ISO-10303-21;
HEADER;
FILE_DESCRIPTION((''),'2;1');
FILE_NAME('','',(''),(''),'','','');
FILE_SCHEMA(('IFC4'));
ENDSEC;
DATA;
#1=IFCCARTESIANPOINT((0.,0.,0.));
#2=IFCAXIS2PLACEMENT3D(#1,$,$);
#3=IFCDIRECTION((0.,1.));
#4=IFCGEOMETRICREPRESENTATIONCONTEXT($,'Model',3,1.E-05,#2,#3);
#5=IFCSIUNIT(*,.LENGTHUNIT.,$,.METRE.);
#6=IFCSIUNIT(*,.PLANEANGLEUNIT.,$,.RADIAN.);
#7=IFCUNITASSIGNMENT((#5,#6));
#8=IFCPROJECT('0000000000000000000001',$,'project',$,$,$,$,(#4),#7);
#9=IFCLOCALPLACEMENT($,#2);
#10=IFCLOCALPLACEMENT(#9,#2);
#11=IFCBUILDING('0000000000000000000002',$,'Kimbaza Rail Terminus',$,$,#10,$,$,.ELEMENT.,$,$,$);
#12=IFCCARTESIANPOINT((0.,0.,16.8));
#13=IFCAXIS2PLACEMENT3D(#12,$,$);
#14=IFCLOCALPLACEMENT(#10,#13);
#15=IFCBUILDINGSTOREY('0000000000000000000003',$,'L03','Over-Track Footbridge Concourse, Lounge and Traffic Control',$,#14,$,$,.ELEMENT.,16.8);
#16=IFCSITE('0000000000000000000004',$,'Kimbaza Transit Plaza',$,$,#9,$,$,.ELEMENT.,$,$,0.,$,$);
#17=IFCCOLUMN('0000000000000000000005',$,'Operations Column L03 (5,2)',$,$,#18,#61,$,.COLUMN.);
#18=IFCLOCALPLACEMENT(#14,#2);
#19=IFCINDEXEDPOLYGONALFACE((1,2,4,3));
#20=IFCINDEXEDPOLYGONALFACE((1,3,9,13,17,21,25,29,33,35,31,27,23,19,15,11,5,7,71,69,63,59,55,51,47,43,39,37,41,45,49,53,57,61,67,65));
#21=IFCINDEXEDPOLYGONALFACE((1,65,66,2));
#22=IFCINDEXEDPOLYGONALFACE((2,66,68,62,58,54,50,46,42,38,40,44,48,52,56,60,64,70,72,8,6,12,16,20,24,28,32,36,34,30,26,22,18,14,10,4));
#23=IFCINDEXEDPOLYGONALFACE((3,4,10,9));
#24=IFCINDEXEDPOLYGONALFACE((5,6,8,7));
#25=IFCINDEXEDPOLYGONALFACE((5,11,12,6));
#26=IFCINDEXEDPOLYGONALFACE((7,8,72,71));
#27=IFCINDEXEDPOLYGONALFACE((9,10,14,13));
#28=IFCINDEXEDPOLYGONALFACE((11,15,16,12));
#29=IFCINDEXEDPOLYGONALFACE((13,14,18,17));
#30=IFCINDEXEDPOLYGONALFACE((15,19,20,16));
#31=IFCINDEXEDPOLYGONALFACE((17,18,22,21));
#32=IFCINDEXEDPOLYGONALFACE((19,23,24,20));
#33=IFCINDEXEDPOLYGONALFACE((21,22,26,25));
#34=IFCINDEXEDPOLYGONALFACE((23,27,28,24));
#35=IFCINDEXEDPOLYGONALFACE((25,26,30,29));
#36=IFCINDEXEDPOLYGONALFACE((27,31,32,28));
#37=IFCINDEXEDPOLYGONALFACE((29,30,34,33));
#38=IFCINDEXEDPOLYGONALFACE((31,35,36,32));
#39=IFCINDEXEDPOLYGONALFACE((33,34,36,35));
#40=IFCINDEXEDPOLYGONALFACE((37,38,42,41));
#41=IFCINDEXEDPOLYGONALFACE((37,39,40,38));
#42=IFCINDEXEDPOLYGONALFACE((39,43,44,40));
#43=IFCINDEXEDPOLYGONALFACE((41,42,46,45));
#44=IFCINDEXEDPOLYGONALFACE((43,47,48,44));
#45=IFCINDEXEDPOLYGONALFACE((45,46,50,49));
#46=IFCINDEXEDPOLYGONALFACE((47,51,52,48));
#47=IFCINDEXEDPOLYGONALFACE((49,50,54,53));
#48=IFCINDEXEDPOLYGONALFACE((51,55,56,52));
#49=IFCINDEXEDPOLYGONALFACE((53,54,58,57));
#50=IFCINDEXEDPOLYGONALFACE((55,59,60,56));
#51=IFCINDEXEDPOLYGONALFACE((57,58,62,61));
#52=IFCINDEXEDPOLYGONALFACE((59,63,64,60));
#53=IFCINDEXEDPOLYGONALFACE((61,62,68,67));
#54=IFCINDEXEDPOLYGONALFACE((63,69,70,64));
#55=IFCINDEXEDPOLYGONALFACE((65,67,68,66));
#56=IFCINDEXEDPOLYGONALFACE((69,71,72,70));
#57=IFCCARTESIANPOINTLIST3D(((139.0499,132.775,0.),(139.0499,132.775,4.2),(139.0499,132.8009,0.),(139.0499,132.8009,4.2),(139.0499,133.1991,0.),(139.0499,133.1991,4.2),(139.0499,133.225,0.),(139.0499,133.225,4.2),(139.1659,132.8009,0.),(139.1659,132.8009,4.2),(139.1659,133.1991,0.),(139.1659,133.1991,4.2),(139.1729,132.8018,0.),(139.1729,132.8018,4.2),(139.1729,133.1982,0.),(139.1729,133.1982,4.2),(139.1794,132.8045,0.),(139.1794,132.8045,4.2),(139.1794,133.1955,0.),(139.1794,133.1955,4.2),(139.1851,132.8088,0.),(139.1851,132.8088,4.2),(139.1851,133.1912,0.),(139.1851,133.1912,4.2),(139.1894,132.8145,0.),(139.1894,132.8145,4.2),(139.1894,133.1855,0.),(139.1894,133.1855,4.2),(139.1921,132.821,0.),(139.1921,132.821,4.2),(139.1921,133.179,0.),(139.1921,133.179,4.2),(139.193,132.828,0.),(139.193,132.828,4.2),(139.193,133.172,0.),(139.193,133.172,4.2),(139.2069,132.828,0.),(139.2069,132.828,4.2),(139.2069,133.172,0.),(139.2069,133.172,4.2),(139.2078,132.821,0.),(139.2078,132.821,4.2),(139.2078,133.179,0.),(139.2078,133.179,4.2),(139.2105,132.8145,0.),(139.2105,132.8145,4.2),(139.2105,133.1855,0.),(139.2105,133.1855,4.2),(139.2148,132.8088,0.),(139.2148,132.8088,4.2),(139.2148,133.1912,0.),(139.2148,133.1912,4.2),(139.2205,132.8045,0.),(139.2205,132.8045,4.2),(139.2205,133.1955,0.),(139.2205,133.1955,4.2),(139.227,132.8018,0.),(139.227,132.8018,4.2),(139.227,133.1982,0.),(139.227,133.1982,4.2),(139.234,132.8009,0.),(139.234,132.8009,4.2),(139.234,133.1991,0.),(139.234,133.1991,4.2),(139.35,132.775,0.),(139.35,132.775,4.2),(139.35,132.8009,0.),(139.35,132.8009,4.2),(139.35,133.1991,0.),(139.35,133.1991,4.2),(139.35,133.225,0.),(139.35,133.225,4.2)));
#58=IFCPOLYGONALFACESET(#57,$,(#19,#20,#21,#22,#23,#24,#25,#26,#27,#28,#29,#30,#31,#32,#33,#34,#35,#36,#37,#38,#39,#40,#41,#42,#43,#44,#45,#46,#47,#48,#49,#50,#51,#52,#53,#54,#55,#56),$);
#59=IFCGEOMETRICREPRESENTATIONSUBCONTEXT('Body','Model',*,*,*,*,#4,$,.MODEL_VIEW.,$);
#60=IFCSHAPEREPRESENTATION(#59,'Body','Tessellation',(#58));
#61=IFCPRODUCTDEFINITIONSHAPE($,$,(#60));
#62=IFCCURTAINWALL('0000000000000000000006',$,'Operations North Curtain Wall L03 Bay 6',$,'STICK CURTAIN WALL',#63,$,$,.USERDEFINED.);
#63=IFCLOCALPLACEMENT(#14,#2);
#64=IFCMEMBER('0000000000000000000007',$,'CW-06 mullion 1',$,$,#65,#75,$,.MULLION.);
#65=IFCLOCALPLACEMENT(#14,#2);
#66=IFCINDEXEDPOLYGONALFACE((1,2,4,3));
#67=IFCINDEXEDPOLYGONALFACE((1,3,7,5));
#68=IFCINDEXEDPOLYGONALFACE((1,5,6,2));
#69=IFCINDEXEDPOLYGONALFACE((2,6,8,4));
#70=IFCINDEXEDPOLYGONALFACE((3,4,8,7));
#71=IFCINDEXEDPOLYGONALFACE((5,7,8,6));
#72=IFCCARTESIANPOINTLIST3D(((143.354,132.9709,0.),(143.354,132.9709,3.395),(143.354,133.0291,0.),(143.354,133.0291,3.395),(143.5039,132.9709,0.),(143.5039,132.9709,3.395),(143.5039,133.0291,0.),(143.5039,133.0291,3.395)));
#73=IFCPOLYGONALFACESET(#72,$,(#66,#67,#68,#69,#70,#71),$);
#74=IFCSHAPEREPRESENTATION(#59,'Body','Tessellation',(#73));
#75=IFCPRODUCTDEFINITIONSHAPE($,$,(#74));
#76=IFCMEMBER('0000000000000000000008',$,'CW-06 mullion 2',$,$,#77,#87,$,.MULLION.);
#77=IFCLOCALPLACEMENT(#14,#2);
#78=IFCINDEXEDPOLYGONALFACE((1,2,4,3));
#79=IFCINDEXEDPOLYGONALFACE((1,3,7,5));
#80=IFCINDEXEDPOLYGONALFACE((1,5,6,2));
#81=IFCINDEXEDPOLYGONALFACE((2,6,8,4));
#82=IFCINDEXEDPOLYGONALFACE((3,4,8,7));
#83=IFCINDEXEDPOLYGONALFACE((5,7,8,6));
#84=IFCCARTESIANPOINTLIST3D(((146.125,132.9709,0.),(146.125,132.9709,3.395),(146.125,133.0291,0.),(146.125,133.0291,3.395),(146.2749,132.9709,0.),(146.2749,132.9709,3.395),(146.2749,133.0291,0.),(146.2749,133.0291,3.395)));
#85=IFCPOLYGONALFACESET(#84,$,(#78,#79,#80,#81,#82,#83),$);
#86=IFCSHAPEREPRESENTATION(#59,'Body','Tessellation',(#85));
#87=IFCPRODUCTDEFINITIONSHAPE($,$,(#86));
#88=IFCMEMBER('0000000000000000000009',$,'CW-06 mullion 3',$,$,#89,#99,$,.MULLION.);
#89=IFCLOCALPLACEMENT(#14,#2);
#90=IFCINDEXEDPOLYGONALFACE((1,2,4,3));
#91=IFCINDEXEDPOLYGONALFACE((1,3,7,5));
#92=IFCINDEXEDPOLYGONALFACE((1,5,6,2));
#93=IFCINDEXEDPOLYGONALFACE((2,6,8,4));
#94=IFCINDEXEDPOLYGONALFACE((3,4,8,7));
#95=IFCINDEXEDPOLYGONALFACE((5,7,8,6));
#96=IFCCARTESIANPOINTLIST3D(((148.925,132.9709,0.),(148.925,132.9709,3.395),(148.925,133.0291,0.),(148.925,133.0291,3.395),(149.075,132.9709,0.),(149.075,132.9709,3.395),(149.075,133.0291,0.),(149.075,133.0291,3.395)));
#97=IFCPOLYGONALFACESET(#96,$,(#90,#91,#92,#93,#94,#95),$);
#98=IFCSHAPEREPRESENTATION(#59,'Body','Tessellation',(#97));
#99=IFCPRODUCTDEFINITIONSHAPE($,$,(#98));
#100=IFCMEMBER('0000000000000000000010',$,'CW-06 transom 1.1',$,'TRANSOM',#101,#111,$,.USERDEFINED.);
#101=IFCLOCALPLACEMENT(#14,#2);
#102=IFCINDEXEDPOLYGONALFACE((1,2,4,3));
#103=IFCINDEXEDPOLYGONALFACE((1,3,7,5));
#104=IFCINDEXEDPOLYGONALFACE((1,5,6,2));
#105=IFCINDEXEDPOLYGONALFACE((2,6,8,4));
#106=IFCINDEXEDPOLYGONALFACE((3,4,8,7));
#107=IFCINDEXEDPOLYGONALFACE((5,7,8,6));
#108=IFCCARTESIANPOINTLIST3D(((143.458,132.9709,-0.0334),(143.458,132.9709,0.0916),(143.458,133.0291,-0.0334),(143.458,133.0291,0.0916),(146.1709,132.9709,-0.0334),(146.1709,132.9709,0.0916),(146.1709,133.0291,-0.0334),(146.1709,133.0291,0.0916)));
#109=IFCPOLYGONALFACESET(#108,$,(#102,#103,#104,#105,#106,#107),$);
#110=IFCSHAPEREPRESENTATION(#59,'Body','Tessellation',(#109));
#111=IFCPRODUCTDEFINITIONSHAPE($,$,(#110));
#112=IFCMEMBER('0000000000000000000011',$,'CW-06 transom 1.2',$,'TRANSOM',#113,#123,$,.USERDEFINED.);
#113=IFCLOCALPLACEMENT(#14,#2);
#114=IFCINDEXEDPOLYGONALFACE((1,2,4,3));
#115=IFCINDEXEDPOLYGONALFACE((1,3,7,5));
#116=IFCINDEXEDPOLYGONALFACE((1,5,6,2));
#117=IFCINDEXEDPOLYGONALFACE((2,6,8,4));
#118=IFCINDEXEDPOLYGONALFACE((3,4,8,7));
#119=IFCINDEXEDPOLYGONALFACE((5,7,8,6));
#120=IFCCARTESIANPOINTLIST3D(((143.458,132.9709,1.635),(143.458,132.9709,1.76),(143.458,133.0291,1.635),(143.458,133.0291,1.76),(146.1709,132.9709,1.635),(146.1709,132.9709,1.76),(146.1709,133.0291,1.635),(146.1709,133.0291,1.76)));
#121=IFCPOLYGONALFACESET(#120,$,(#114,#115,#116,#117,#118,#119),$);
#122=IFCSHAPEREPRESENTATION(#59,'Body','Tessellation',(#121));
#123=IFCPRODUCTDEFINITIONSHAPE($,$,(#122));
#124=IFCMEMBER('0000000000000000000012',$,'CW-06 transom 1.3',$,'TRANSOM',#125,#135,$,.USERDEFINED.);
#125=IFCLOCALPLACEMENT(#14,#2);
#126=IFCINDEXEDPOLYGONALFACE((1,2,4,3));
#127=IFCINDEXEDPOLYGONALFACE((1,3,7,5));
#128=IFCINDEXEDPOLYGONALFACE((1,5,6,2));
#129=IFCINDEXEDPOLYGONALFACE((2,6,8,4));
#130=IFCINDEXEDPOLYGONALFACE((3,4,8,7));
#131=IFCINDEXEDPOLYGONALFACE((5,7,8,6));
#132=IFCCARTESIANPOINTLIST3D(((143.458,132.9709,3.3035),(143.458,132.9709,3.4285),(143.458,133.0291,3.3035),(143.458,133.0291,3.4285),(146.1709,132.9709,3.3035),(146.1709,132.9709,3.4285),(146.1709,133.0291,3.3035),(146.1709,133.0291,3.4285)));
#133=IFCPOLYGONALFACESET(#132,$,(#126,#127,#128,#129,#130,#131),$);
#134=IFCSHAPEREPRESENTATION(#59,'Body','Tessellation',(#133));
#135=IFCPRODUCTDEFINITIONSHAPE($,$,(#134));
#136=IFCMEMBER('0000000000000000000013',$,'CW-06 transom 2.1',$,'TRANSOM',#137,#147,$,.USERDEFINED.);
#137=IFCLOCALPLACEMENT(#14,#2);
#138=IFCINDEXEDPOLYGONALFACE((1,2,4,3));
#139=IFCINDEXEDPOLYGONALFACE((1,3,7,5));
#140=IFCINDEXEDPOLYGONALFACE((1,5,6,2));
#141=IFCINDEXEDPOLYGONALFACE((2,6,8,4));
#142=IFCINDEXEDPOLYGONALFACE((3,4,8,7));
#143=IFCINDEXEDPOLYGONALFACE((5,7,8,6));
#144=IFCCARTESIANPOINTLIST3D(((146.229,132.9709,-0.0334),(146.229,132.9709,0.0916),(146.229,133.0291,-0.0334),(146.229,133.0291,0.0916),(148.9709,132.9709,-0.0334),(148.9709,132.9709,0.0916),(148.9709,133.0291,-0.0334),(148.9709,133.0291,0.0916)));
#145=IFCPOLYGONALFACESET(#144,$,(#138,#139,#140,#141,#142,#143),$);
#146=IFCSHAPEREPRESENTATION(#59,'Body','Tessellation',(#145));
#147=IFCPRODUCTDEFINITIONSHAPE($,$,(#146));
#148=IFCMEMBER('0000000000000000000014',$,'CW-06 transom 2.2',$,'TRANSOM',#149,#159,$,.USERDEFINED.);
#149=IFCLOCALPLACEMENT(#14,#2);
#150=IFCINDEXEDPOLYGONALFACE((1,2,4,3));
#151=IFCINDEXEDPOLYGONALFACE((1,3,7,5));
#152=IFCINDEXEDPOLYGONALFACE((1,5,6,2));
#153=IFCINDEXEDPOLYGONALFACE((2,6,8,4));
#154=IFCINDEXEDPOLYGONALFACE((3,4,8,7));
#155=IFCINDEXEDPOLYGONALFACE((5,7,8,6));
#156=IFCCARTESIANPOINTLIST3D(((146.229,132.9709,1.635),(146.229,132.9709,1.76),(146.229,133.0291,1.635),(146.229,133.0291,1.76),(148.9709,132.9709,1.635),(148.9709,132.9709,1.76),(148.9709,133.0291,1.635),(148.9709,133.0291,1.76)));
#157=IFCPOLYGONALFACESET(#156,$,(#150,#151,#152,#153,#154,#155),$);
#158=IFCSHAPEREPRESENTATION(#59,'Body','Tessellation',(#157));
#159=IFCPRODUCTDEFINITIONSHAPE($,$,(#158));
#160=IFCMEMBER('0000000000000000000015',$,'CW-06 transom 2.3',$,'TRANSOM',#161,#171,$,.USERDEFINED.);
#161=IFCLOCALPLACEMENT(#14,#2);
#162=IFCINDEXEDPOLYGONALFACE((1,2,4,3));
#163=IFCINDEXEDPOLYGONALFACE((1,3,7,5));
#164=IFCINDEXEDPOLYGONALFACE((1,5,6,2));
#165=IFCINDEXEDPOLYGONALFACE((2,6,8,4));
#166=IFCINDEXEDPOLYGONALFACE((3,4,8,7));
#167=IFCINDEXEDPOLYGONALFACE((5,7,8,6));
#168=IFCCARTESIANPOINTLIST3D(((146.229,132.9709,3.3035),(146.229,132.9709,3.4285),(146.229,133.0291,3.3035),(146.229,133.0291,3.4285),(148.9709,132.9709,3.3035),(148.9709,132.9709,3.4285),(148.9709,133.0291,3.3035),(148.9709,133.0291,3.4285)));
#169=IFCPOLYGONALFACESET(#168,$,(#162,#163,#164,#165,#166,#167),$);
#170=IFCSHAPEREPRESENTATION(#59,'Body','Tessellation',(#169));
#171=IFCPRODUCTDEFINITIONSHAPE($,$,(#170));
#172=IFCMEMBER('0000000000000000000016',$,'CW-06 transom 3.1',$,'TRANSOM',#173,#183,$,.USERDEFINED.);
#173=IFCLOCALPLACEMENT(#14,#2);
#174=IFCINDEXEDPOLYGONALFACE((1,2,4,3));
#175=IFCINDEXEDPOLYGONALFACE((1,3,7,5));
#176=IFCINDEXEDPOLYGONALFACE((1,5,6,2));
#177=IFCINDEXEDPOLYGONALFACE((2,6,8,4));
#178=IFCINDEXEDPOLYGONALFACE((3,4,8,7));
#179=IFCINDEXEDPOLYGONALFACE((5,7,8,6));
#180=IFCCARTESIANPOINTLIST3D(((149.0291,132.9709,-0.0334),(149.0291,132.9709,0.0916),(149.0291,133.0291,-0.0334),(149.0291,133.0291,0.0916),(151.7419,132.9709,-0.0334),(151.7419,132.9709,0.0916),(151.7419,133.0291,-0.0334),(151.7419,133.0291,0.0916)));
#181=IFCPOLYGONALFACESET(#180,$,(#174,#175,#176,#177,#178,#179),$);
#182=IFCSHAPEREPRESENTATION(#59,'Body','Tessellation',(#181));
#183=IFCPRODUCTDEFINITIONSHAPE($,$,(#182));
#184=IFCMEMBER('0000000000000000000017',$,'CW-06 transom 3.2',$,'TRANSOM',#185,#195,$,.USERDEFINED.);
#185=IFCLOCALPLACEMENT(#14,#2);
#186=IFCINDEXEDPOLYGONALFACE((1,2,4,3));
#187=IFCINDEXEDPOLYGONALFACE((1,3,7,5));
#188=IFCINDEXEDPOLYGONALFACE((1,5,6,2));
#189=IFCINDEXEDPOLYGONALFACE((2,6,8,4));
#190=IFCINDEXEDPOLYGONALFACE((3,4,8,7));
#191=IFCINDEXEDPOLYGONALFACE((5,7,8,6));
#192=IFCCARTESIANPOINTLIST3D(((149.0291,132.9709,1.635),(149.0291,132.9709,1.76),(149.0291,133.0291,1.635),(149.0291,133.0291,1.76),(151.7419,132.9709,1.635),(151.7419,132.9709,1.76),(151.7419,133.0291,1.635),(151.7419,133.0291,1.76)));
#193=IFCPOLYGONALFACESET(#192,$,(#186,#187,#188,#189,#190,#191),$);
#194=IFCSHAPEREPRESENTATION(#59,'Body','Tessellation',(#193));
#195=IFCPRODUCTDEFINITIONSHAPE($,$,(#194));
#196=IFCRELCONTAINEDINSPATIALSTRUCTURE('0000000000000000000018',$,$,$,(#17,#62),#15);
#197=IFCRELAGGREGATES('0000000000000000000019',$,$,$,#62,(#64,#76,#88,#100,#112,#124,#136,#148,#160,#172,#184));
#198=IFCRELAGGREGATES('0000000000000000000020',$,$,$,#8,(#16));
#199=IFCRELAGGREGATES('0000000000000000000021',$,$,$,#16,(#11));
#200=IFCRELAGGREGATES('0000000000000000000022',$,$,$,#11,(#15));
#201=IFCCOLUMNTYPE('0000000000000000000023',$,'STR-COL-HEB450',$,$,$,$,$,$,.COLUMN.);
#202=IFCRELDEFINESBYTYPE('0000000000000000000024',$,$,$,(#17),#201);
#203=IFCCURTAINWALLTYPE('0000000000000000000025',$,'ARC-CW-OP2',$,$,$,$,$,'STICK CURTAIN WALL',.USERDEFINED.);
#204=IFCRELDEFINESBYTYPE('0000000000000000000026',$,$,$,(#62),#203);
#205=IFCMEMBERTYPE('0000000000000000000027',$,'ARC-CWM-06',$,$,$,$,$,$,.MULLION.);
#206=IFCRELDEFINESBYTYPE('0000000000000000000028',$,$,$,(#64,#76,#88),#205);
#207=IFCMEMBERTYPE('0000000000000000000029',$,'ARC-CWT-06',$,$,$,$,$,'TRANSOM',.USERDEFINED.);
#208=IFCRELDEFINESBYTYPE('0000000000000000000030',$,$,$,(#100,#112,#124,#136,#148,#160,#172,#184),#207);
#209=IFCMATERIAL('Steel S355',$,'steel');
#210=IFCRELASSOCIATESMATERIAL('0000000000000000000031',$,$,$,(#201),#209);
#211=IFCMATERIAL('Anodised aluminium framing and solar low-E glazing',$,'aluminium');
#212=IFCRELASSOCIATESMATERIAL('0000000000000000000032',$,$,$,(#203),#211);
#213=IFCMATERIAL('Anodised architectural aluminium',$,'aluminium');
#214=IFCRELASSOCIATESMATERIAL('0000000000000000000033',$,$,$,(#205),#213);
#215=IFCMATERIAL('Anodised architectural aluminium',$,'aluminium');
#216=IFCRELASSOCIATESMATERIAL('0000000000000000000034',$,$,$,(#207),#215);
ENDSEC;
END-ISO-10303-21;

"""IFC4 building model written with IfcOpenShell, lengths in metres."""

from ifc_helpers import new_model, si_unit, direction, frame, origin, origin_2d, place, context, subcontext, project, spatial, rectangle, i_section, extrude, material, material_profile, profile_set, type_object, element, aggregate, save


model = new_model("IFC4")

# Units and contexts
model_context = context("Model", 3, precision=1e-05, world=origin(), true_north=direction((0.0, 1.0)))
body_context = subcontext(model_context, "Body", "Model", "MODEL_VIEW")
ifc_project = project(units=[si_unit("LENGTHUNIT", "METRE"), si_unit("PLANEANGLEUNIT", "RADIAN")], contexts=[model_context])

# Site, building, storey
site_placement = place(None, origin())
site = spatial("IfcSite", under=ifc_project, at=site_placement, Name="Kimbaza Transit Plaza", CompositionType="ELEMENT", RefElevation=0.0)
building_placement = place(site_placement, origin())
building = spatial("IfcBuilding", under=site, at=building_placement, Name="Kimbaza Rail Terminus", CompositionType="ELEMENT")
storey_placement = place(building_placement, frame((0.0, 0.0, 16.8)))
storey = spatial("IfcBuildingStorey", under=building, at=storey_placement, Name="L03", Description="Over-Track Footbridge Concourse, Lounge and Traffic Control", CompositionType="ELEMENT", Elevation=16.8)

# Column
ifc_material_1 = material(Name="Steel S355", Category="steel")
ifc_material_profile_1 = material_profile(ifc_material_1, i_section(OverallWidth=0.3, OverallDepth=0.45, WebThickness=0.0139, FlangeThickness=0.0259, FilletRadius=0.0271, at=origin_2d()), Name="HEB 450")
ifc_profile_set_1 = profile_set([ifc_material_profile_1], Name="Steel S355")
column_type = type_object("IfcColumnType", Name="STR-COL-HEB450", PredefinedType="COLUMN", material=ifc_profile_set_1)
column_placement = place(storey_placement, frame((139.2, 133.0, 0.0), z_axis=(0.0, 0.0, 1.0), x_axis=(1.0, 0.0, 0.0)))
element("IfcColumn", 1, at=column_placement, inside=storey, type_object=column_type, Name="Operations Column L03 (5,2)", PredefinedType="COLUMN", context=body_context, shape_type="SweptSolid", body=[
    extrude(i_section(OverallWidth=0.3, OverallDepth=0.45, WebThickness=0.0139, FlangeThickness=0.0259, FilletRadius=0.0271, at=origin_2d()), origin(), (0.0, 0.0, 1.0), 4.2),
])

# Curtain wall, members
ifc_material_2 = material(Name="Anodised aluminium framing and solar low-E glazing", Category="aluminium")
curtain_wall_type = type_object("IfcCurtainWallType", Name="ARC-CW-OP2", ElementType="STICK CURTAIN WALL", PredefinedType="USERDEFINED", material=ifc_material_2)
curtain_wall_placement = place(storey_placement, origin())
curtain_wall = element("IfcCurtainWall", 2, at=curtain_wall_placement, inside=storey, type_object=curtain_wall_type, Name="Operations North Curtain Wall L03 Bay 6", ObjectType="STICK CURTAIN WALL", PredefinedType="USERDEFINED")
ifc_material_3 = material(Name="Anodised architectural aluminium", Category="aluminium")
ifc_material_profile_2 = material_profile(ifc_material_3, rectangle(XDim=0.0581, YDim=0.1499, at=origin_2d()), Name="MULLION 58x150")
ifc_profile_set_2 = profile_set([ifc_material_profile_2], Name="Anodised architectural aluminium")
member_type_1 = type_object("IfcMemberType", Name="ARC-CWM-06", PredefinedType="MULLION", material=ifc_profile_set_2)
member_1_placement = place(storey_placement, frame((143.429, 133.0, 0.0), z_axis=(0.0, 0.0, 1.0), x_axis=(0.0, 1.0, 0.0)))
member_1 = element("IfcMember", 3, at=member_1_placement, type_object=member_type_1, Name="CW-06 mullion 1", PredefinedType="MULLION", context=body_context, shape_type="SweptSolid", body=[
    extrude(rectangle(XDim=0.0581, YDim=0.1499, at=origin_2d()), origin(), (0.0, 0.0, 1.0), 3.395),
])
member_2_placement = place(storey_placement, frame((146.2, 133.0, 0.0), z_axis=(0.0, 0.0, 1.0), x_axis=(0.0, 1.0, 0.0)))
member_2 = element("IfcMember", 4, at=member_2_placement, type_object=member_type_1, Name="CW-06 mullion 2", PredefinedType="MULLION", context=body_context, shape_type="SweptSolid", body=[
    extrude(rectangle(XDim=0.0581, YDim=0.1499, at=origin_2d()), origin(), (0.0, 0.0, 1.0), 3.395),
])
member_3_placement = place(storey_placement, frame((149.0, 133.0, 0.0), z_axis=(0.0, 0.0, 1.0), x_axis=(0.0, 1.0, 0.0)))
member_3 = element("IfcMember", 5, at=member_3_placement, type_object=member_type_1, Name="CW-06 mullion 3", PredefinedType="MULLION", context=body_context, shape_type="SweptSolid", body=[
    extrude(rectangle(XDim=0.0581, YDim=0.1499, at=origin_2d()), origin(), (0.0, 0.0, 1.0), 3.395),
])
ifc_material_4 = material(Name="Anodised architectural aluminium", Category="aluminium")
ifc_material_profile_3 = material_profile(ifc_material_4, rectangle(XDim=0.0581, YDim=0.125, at=origin_2d()), Name="TRANSOM 58x125")
ifc_profile_set_3 = profile_set([ifc_material_profile_3], Name="Anodised architectural aluminium")
member_type_2 = type_object("IfcMemberType", Name="ARC-CWT-06", ElementType="TRANSOM", PredefinedType="USERDEFINED", material=ifc_profile_set_3)
member_4_placement = place(storey_placement, frame((143.458, 133.0, 0.0291), z_axis=(1.0, 0.0, 0.0), x_axis=(0.0, 1.0, 0.0)))
member_4 = element("IfcMember", 6, at=member_4_placement, type_object=member_type_2, Name="CW-06 transom 1.1", ObjectType="TRANSOM", PredefinedType="USERDEFINED", context=body_context, shape_type="SweptSolid", body=[
    extrude(rectangle(XDim=0.0581, YDim=0.125, at=origin_2d()), origin(), (0.0, 0.0, 1.0), 2.7129),
])
member_5_placement = place(storey_placement, frame((143.458, 133.0, 1.6975), z_axis=(1.0, 0.0, 0.0), x_axis=(0.0, 1.0, 0.0)))
member_5 = element("IfcMember", 7, at=member_5_placement, type_object=member_type_2, Name="CW-06 transom 1.2", ObjectType="TRANSOM", PredefinedType="USERDEFINED", context=body_context, shape_type="SweptSolid", body=[
    extrude(rectangle(XDim=0.0581, YDim=0.125, at=origin_2d()), origin(), (0.0, 0.0, 1.0), 2.7129),
])
member_6_placement = place(storey_placement, frame((143.458, 133.0, 3.366), z_axis=(1.0, 0.0, 0.0), x_axis=(0.0, 1.0, 0.0)))
member_6 = element("IfcMember", 8, at=member_6_placement, type_object=member_type_2, Name="CW-06 transom 1.3", ObjectType="TRANSOM", PredefinedType="USERDEFINED", context=body_context, shape_type="SweptSolid", body=[
    extrude(rectangle(XDim=0.0581, YDim=0.125, at=origin_2d()), origin(), (0.0, 0.0, 1.0), 2.7129),
])
member_7_placement = place(storey_placement, frame((146.229, 133.0, 0.0291), z_axis=(1.0, 0.0, 0.0), x_axis=(0.0, 1.0, 0.0)))
member_7 = element("IfcMember", 9, at=member_7_placement, type_object=member_type_2, Name="CW-06 transom 2.1", ObjectType="TRANSOM", PredefinedType="USERDEFINED", context=body_context, shape_type="SweptSolid", body=[
    extrude(rectangle(XDim=0.0581, YDim=0.125, at=origin_2d()), origin(), (0.0, 0.0, 1.0), 2.7419),
])
member_8_placement = place(storey_placement, frame((146.229, 133.0, 1.6975), z_axis=(1.0, 0.0, 0.0), x_axis=(0.0, 1.0, 0.0)))
member_8 = element("IfcMember", 10, at=member_8_placement, type_object=member_type_2, Name="CW-06 transom 2.2", ObjectType="TRANSOM", PredefinedType="USERDEFINED", context=body_context, shape_type="SweptSolid", body=[
    extrude(rectangle(XDim=0.0581, YDim=0.125, at=origin_2d()), origin(), (0.0, 0.0, 1.0), 2.7419),
])
member_9_placement = place(storey_placement, frame((146.229, 133.0, 3.366), z_axis=(1.0, 0.0, 0.0), x_axis=(0.0, 1.0, 0.0)))
member_9 = element("IfcMember", 11, at=member_9_placement, type_object=member_type_2, Name="CW-06 transom 2.3", ObjectType="TRANSOM", PredefinedType="USERDEFINED", context=body_context, shape_type="SweptSolid", body=[
    extrude(rectangle(XDim=0.0581, YDim=0.125, at=origin_2d()), origin(), (0.0, 0.0, 1.0), 2.7419),
])
member_10_placement = place(storey_placement, frame((149.0291, 133.0, 0.0291), z_axis=(1.0, 0.0, 0.0), x_axis=(0.0, 1.0, 0.0)))
member_10 = element("IfcMember", 12, at=member_10_placement, type_object=member_type_2, Name="CW-06 transom 3.1", ObjectType="TRANSOM", PredefinedType="USERDEFINED", context=body_context, shape_type="SweptSolid", body=[
    extrude(rectangle(XDim=0.0581, YDim=0.125, at=origin_2d()), origin(), (0.0, 0.0, 1.0), 2.7129),
])
member_11_placement = place(storey_placement, frame((149.0291, 133.0, 1.6975), z_axis=(1.0, 0.0, 0.0), x_axis=(0.0, 1.0, 0.0)))
member_11 = element("IfcMember", 13, at=member_11_placement, type_object=member_type_2, Name="CW-06 transom 3.2", ObjectType="TRANSOM", PredefinedType="USERDEFINED", context=body_context, shape_type="SweptSolid", body=[
    extrude(rectangle(XDim=0.0581, YDim=0.125, at=origin_2d()), origin(), (0.0, 0.0, 1.0), 2.7129),
])

aggregate(curtain_wall, [member_1, member_2, member_3, member_4, member_5, member_6, member_7, member_8, member_9, member_10, member_11])

save(model, "model.ifc")
